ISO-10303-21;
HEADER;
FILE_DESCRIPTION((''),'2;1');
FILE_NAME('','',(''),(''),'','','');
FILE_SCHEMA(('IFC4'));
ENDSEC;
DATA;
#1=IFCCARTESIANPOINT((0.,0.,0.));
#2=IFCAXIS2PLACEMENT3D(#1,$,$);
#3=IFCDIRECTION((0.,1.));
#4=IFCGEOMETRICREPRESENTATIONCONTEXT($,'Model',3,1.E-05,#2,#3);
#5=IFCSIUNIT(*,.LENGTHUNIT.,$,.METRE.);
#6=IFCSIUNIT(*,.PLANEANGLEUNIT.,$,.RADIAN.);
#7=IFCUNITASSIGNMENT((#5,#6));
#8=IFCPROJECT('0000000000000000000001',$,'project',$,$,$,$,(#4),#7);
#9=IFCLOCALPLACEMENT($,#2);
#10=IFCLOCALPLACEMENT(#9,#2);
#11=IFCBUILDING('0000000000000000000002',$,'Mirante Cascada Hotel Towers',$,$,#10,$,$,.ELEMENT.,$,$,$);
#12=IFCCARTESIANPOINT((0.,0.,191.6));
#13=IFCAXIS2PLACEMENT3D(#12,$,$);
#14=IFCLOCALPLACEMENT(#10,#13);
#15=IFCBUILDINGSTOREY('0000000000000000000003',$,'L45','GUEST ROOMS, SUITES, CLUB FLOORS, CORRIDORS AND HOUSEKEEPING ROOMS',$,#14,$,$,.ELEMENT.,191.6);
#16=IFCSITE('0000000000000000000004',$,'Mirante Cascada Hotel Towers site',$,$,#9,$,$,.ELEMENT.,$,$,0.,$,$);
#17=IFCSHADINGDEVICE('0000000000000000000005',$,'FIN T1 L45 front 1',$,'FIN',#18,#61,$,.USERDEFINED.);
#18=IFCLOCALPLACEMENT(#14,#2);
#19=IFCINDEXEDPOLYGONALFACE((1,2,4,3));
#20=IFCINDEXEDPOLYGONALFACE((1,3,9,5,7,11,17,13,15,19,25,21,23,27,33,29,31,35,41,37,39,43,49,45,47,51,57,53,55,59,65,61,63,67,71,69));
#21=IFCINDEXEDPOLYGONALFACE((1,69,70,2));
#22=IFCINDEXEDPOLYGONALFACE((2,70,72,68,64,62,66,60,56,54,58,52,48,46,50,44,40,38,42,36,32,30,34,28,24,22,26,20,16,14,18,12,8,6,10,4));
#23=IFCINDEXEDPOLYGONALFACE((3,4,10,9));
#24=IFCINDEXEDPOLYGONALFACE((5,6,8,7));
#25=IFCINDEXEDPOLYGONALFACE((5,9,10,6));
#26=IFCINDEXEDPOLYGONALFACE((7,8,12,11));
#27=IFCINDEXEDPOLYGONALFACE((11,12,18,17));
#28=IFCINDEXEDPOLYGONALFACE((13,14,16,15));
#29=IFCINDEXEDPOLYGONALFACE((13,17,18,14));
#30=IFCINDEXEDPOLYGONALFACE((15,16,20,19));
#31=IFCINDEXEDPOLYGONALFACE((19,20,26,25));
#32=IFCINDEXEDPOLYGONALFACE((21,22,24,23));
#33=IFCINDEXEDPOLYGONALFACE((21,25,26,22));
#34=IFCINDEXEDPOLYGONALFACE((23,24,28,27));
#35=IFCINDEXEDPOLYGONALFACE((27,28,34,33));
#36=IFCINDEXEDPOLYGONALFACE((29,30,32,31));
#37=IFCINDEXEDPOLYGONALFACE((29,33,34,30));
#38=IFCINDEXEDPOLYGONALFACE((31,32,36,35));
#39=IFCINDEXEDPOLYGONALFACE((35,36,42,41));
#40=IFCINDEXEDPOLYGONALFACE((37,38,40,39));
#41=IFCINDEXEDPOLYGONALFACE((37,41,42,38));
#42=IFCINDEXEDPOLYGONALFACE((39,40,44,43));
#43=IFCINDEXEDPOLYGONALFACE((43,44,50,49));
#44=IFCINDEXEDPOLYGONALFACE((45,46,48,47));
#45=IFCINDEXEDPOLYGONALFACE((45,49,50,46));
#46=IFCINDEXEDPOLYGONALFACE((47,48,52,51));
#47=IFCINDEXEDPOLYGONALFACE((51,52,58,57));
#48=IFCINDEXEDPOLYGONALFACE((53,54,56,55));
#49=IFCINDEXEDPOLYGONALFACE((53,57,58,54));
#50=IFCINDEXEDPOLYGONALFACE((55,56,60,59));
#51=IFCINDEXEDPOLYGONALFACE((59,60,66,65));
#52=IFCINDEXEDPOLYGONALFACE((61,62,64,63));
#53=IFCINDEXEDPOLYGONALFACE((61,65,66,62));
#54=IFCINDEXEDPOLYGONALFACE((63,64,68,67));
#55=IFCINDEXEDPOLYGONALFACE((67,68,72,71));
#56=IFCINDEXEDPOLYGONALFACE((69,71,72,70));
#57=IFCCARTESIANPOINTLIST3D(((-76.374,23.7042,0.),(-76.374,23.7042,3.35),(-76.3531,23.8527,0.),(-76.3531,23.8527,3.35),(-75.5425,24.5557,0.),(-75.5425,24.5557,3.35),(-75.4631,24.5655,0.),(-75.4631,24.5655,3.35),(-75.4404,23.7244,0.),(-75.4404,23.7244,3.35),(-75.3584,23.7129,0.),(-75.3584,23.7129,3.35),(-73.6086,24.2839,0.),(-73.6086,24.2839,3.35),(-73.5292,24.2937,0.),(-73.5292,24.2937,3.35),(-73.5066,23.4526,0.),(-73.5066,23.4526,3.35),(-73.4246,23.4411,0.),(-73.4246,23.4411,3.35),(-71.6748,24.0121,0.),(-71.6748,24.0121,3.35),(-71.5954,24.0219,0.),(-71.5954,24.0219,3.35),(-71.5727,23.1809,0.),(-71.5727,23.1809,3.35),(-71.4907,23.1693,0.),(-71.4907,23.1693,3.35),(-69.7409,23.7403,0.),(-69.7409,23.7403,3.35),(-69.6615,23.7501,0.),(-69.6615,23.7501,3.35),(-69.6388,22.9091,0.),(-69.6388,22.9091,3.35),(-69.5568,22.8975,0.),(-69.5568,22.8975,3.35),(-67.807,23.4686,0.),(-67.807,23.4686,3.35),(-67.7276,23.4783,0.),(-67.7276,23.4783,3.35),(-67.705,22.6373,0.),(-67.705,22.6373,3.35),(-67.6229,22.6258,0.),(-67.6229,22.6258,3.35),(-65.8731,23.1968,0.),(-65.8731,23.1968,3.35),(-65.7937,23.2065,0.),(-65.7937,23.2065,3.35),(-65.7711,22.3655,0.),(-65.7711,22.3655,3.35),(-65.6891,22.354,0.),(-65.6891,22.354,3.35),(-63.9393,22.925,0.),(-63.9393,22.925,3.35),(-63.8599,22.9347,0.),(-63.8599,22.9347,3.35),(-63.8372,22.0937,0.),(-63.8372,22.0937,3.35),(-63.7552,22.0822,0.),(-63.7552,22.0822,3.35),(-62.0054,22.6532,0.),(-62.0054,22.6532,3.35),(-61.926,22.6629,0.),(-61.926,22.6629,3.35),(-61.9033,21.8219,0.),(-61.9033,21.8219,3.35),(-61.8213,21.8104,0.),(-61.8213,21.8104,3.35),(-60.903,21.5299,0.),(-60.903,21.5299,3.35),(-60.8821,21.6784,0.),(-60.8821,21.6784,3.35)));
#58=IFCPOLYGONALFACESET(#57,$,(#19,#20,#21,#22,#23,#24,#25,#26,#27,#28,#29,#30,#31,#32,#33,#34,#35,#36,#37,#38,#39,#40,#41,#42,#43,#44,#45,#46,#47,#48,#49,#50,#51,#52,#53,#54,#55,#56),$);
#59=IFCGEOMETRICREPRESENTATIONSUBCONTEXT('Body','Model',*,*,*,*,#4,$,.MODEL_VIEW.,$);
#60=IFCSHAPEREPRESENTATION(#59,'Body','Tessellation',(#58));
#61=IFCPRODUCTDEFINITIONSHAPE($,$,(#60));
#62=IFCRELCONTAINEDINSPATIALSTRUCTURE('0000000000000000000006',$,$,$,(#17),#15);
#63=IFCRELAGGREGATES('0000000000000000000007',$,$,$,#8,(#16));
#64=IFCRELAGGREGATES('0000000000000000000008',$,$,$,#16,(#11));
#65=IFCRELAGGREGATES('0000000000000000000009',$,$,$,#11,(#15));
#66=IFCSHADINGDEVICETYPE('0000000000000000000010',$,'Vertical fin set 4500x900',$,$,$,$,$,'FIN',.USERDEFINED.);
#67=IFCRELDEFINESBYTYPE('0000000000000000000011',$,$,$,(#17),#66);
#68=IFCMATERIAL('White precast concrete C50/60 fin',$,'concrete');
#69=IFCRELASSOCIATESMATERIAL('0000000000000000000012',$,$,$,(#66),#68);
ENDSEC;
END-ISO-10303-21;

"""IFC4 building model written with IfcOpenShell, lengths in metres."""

from ifc_helpers import new_model, si_unit, direction, frame, origin, place, context, subcontext, project, spatial, polyline, outline, extrude, material, type_object, element, save


model = new_model("IFC4")

# Units and contexts
model_context = context("Model", 3, precision=1e-05, world=origin(), true_north=direction((0.0, 1.0)))
body_context = subcontext(model_context, "Body", "Model", "MODEL_VIEW")
ifc_project = project(units=[si_unit("LENGTHUNIT", "METRE"), si_unit("PLANEANGLEUNIT", "RADIAN")], contexts=[model_context])

# Site, building, storey
site_placement = place(None, origin())
site = spatial("IfcSite", under=ifc_project, at=site_placement, Name="Mirante Cascada Hotel Towers site", CompositionType="ELEMENT", RefElevation=0.0)
building_placement = place(site_placement, origin())
building = spatial("IfcBuilding", under=site, at=building_placement, Name="Mirante Cascada Hotel Towers", CompositionType="ELEMENT")
storey_placement = place(building_placement, frame((0.0, 0.0, 191.6)))
storey = spatial("IfcBuildingStorey", under=building, at=storey_placement, Name="L45", Description="GUEST ROOMS, SUITES, CLUB FLOORS, CORRIDORS AND HOUSEKEEPING ROOMS", CompositionType="ELEMENT", Elevation=191.6)

# Shading device
ifc_material_1 = material(Name="White precast concrete C50/60 fin", Category="concrete")
shading_device_type = type_object("IfcShadingDeviceType", Name="Vertical fin set 4500x900", ElementType="FIN", PredefinedType="USERDEFINED", material=ifc_material_1)
shading_device_placement = place(storey_placement, origin())
element("IfcShadingDevice", 1, at=shading_device_placement, inside=storey, type_object=shading_device_type, Name="FIN T1 L45 front 1", ObjectType="FIN", PredefinedType="USERDEFINED", context=body_context, shape_type="SweptSolid", body=[
    extrude(outline(polyline([(-61.8213, 21.8104), (-60.8821, 21.6784), (-60.903, 21.5299), (-76.374, 23.7042), (-76.3531, 23.8527), (-75.4404, 23.7244), (-75.5425, 24.5557), (-75.4631, 24.5655), (-75.3584, 23.7129), (-73.5066, 23.4526), (-73.6086, 24.2839), (-73.5292, 24.2937), (-73.4246, 23.4411), (-71.5727, 23.1809), (-71.6748, 24.0121), (-71.5954, 24.0219), (-71.4907, 23.1693), (-69.6388, 22.9091), (-69.7409, 23.7403), (-69.6615, 23.7501), (-69.5568, 22.8975), (-67.705, 22.6373), (-67.807, 23.4686), (-67.7276, 23.4783), (-67.6229, 22.6258), (-65.7711, 22.3655), (-65.8731, 23.1968), (-65.7937, 23.2065), (-65.6891, 22.354), (-63.8372, 22.0937), (-63.9393, 22.925), (-63.8599, 22.9347), (-63.7552, 22.0822), (-61.9033, 21.8219), (-62.0054, 22.6532), (-61.926, 22.6629), (-61.8213, 21.8104)])), origin(), (0.0, 0.0, 1.0), 3.35),
])

save(model, "model.ifc")
